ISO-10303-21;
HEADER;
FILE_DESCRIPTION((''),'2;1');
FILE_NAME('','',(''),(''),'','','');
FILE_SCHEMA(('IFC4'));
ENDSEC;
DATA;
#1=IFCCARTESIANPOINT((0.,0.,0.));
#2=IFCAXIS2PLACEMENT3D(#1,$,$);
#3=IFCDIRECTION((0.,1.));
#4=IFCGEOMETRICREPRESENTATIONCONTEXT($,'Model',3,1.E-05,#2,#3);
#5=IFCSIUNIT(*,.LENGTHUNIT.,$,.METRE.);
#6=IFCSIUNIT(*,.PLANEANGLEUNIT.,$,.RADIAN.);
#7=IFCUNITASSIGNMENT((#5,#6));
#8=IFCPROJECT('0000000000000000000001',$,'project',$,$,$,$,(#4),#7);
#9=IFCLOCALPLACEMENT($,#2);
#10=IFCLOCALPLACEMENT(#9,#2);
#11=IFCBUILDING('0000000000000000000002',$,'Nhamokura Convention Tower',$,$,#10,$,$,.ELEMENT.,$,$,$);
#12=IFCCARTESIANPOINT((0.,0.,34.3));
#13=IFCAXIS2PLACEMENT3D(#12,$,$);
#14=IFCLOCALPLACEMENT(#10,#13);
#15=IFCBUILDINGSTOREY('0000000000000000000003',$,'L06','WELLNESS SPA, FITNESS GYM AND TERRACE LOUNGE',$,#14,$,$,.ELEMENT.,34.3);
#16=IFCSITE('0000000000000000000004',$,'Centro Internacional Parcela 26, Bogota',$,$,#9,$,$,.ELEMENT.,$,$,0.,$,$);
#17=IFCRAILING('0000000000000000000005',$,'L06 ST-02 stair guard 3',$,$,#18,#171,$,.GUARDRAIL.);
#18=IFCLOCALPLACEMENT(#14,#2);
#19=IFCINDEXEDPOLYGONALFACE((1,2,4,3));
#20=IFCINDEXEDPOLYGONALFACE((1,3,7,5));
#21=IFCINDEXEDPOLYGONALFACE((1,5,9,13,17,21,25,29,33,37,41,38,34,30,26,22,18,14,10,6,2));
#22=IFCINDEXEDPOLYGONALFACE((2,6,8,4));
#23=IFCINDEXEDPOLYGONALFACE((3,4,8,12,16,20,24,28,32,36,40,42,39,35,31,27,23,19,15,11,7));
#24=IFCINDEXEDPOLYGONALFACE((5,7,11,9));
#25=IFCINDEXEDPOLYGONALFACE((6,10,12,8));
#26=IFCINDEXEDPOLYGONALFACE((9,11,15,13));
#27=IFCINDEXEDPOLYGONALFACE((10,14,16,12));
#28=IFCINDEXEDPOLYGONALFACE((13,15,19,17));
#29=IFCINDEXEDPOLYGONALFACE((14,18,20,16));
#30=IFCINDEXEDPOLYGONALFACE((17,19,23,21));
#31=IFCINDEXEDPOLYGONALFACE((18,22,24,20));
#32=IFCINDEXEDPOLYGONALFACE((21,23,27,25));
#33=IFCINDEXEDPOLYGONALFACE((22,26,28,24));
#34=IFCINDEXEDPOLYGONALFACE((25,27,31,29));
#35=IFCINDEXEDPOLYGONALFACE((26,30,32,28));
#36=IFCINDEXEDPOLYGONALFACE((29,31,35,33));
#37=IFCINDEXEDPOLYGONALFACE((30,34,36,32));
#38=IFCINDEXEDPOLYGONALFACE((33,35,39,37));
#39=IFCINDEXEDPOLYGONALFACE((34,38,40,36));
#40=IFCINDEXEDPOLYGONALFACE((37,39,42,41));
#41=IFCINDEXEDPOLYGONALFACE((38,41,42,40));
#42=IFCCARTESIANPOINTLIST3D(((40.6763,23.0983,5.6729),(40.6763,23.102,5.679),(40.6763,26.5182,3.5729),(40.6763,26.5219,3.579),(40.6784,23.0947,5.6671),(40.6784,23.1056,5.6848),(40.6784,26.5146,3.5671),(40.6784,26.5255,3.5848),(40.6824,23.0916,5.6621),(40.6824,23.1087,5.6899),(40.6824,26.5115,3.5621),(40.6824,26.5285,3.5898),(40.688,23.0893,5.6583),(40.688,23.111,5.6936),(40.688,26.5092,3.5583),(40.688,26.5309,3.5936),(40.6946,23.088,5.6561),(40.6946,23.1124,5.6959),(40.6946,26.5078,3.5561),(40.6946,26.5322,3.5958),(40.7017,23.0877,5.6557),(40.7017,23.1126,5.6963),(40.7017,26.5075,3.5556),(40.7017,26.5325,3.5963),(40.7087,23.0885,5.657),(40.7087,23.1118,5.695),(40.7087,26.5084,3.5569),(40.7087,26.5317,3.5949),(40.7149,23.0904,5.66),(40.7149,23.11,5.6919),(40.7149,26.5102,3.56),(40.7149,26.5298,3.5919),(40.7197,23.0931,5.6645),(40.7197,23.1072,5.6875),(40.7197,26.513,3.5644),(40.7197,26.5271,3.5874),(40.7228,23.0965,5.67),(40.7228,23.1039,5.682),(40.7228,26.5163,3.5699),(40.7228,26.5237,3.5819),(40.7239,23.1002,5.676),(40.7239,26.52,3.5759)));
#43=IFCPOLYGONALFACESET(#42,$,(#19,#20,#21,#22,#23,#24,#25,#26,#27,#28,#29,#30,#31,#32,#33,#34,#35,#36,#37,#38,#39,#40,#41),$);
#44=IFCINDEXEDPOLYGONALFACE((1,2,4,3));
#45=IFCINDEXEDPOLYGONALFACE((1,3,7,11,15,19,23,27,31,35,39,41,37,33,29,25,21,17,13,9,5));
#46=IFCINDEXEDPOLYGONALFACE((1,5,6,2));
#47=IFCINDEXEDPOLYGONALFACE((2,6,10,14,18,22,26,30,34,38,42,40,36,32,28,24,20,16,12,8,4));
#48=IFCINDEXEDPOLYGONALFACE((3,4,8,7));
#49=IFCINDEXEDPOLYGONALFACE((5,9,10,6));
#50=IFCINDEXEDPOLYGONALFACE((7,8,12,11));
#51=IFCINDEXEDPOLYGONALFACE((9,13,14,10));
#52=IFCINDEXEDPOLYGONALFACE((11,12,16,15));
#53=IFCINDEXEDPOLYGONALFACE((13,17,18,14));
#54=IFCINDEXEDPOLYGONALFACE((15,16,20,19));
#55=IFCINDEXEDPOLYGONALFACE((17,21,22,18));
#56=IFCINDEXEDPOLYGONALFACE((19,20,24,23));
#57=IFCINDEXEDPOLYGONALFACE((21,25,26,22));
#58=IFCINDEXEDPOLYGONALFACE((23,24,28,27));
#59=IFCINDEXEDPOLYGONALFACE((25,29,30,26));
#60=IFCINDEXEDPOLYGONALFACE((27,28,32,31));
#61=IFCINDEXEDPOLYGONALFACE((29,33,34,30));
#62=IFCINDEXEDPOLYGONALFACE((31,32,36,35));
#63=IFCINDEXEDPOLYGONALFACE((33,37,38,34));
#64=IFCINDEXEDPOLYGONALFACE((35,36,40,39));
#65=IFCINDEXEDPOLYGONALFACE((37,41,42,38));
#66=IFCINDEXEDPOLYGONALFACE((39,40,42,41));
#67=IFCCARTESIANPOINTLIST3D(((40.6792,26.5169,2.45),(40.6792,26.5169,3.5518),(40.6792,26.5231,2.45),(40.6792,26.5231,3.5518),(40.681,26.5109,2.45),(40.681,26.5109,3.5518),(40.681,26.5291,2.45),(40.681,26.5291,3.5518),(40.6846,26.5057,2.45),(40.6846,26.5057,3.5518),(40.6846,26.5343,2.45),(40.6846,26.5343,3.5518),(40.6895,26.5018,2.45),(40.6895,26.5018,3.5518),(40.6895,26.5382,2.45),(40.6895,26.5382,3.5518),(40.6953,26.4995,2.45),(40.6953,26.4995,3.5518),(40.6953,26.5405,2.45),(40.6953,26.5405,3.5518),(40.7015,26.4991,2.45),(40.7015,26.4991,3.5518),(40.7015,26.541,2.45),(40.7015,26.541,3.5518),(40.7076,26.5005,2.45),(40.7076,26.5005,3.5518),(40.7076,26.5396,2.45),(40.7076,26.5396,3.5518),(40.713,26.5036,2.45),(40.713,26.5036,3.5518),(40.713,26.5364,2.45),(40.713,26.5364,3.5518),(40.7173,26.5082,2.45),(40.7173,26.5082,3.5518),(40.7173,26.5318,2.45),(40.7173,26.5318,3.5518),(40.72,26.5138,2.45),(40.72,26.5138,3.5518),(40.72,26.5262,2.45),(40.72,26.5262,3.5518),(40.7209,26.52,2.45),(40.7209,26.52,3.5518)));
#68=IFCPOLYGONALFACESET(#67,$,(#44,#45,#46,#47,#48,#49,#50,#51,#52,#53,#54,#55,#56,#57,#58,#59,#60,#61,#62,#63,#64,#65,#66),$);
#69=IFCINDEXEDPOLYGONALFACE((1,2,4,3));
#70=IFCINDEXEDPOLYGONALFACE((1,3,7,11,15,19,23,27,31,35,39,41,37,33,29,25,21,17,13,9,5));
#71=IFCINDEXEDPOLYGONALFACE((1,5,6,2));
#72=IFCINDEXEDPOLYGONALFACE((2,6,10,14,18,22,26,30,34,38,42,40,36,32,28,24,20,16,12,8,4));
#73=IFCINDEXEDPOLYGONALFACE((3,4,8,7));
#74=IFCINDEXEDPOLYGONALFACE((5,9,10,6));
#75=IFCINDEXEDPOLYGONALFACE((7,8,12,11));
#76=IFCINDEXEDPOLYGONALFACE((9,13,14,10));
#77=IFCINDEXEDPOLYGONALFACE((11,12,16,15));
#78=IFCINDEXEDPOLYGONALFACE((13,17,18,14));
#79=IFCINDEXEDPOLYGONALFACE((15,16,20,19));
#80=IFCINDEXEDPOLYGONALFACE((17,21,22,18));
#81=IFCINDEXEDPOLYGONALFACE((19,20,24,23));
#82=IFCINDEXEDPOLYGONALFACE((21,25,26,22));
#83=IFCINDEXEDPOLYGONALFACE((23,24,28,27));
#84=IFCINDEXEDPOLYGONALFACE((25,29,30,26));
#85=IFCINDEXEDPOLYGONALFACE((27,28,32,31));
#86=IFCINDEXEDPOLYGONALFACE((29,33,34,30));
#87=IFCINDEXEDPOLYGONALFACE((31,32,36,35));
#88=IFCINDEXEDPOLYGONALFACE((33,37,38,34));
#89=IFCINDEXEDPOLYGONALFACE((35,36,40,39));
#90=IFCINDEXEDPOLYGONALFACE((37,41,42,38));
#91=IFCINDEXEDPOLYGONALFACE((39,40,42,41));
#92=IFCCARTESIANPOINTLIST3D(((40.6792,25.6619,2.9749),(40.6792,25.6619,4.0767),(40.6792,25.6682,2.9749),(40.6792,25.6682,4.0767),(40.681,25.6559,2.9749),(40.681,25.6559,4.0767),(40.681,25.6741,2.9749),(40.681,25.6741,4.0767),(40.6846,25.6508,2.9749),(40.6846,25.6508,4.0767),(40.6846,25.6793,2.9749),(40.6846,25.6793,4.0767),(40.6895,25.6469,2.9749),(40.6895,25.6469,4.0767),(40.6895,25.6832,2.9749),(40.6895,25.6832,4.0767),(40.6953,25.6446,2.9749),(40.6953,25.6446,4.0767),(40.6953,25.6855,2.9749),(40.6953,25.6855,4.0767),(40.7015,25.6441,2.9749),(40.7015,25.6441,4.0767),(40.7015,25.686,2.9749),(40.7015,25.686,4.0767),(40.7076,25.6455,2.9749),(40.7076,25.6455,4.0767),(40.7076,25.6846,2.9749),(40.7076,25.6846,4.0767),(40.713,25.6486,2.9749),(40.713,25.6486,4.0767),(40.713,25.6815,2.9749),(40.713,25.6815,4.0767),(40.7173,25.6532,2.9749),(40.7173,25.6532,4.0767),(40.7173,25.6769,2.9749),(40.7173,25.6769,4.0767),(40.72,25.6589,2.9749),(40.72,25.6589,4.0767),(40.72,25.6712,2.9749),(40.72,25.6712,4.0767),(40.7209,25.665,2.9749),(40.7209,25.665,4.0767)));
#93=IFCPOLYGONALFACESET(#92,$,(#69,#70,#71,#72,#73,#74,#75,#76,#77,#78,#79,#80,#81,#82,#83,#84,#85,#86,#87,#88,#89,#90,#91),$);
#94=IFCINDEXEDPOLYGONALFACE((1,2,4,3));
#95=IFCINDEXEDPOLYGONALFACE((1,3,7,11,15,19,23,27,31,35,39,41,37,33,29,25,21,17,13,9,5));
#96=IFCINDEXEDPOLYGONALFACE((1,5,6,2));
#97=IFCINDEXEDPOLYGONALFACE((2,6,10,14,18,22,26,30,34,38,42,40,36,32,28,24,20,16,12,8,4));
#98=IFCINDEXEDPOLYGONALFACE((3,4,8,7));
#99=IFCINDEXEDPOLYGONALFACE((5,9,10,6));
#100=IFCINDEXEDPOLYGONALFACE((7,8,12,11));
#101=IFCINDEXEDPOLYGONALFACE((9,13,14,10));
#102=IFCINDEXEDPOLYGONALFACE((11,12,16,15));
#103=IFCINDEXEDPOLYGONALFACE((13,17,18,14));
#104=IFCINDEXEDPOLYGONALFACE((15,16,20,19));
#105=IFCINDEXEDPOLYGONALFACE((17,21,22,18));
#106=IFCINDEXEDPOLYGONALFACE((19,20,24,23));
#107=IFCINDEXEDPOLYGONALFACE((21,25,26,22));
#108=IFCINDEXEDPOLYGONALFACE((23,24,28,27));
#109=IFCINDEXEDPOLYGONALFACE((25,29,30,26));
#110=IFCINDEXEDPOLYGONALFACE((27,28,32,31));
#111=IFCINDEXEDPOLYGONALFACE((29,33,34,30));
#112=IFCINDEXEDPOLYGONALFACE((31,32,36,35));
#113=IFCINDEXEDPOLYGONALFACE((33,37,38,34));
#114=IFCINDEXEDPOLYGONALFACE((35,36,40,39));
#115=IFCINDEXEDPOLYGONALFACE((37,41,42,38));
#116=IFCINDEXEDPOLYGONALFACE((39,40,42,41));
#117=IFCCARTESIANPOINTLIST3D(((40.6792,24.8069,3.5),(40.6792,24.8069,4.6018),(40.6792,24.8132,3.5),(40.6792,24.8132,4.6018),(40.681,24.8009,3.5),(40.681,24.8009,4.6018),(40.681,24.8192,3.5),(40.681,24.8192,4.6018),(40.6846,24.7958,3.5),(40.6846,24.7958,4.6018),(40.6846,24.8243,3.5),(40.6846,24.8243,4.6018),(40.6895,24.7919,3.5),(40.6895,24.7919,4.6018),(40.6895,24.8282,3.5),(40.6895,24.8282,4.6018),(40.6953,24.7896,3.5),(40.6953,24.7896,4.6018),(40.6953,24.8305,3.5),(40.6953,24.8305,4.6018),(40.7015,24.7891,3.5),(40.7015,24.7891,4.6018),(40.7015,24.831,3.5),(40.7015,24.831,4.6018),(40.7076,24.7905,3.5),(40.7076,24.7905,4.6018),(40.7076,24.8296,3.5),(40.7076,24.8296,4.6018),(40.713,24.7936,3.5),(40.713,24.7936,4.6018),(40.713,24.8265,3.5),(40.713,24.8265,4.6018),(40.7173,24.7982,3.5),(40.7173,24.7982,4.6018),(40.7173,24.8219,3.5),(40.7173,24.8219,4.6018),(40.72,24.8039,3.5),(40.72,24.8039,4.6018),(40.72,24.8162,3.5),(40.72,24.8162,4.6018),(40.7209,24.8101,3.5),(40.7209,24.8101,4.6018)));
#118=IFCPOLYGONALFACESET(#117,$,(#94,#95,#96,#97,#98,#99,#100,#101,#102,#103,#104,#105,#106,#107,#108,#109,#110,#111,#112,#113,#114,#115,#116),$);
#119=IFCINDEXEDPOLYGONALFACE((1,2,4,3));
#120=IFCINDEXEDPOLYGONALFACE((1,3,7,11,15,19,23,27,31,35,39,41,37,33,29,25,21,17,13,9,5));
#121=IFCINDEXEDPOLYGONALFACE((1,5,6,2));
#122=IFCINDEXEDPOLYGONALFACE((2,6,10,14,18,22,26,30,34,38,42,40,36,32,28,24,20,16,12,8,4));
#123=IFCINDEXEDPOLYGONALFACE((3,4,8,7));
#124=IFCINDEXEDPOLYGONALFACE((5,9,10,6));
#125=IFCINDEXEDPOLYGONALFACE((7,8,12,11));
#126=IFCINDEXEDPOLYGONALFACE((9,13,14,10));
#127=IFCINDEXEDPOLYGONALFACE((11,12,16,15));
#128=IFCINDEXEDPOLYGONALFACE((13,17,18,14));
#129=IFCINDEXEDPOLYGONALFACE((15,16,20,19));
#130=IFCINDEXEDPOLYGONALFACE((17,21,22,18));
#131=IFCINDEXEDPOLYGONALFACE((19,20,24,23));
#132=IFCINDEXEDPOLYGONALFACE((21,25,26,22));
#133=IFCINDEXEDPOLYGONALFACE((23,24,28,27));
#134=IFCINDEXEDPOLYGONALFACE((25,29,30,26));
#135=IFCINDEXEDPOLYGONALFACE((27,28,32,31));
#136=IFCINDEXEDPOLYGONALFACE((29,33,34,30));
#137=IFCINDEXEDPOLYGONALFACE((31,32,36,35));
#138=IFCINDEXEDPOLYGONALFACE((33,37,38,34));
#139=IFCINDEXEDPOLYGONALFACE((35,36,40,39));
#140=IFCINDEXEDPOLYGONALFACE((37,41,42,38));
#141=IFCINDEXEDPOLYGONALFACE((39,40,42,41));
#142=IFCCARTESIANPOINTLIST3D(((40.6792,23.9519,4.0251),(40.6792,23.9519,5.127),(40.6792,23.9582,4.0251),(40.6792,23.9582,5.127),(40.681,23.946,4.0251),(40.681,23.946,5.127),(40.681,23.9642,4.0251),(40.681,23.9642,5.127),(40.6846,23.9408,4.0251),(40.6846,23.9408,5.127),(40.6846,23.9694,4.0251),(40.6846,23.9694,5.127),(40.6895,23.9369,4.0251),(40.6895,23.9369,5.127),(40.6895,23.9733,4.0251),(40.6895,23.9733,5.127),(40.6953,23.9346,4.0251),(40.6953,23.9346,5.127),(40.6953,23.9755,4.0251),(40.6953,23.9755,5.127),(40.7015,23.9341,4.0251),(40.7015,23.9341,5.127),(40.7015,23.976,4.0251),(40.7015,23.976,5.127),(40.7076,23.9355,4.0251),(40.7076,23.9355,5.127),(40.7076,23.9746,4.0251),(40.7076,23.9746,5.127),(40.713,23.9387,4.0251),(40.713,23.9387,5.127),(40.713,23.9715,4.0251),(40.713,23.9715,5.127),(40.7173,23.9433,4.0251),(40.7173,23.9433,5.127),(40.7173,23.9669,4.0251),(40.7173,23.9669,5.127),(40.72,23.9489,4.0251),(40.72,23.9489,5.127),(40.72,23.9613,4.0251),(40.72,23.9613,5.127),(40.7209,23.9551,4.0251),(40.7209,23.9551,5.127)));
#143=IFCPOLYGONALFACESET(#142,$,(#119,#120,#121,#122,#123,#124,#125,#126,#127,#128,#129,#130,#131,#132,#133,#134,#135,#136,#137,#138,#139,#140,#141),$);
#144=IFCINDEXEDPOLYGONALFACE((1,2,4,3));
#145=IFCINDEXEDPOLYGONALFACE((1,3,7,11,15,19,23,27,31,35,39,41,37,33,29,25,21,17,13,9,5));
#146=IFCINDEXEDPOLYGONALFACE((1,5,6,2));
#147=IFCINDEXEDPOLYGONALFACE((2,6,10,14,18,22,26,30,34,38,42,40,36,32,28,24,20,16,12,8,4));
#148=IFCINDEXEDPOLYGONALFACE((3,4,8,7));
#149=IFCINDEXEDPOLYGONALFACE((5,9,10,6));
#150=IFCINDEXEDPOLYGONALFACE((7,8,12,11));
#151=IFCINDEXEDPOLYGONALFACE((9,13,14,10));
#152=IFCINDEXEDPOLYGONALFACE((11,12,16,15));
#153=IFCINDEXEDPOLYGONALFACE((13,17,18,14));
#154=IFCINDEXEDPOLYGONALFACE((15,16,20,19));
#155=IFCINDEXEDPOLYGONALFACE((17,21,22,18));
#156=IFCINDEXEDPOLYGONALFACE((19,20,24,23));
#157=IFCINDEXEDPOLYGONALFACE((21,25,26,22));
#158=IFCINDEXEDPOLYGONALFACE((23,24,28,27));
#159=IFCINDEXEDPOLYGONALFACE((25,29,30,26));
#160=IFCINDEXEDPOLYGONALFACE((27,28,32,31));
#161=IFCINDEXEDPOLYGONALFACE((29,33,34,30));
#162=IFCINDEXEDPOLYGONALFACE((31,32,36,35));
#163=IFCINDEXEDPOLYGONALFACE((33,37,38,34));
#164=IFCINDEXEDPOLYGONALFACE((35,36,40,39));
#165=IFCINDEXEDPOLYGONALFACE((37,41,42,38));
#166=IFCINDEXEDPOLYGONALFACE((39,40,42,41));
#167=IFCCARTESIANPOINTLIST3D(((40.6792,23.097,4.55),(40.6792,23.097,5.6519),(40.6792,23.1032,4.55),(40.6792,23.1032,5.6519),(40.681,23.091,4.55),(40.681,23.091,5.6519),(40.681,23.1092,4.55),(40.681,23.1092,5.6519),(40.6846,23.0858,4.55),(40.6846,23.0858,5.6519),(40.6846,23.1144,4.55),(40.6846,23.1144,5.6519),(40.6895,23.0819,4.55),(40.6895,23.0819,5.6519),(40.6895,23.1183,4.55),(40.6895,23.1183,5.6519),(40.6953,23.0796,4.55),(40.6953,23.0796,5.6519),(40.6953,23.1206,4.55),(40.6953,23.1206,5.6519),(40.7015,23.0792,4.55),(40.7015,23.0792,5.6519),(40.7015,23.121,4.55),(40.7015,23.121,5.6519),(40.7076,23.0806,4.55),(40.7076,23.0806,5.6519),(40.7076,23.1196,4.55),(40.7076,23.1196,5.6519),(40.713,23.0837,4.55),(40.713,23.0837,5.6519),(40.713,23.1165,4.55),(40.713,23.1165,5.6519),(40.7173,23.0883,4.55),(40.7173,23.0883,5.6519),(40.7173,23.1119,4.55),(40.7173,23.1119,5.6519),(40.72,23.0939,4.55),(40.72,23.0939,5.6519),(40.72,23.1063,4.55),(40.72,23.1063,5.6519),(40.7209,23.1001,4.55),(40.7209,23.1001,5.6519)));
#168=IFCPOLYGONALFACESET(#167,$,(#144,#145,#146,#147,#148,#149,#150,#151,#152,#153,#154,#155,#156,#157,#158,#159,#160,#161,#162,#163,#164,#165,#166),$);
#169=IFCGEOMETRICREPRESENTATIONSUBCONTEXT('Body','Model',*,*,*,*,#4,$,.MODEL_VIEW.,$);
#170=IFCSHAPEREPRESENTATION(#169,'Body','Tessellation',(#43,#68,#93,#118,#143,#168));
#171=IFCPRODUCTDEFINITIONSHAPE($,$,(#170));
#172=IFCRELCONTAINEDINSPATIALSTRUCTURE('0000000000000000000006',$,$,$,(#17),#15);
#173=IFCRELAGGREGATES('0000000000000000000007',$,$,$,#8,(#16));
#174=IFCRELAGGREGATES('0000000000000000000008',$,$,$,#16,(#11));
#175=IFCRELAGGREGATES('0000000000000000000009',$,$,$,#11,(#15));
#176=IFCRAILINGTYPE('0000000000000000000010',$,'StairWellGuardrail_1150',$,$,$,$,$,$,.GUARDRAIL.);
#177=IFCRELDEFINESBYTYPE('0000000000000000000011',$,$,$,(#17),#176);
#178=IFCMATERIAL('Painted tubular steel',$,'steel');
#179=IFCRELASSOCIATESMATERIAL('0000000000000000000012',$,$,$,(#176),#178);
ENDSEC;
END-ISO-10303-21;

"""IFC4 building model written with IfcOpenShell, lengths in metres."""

from ifc_helpers import new_model, si_unit, direction, frame, origin, origin_2d, place, context, subcontext, project, spatial, circle, extrude, material, type_object, element, save


model = new_model("IFC4")

# Units and contexts
model_context = context("Model", 3, precision=1e-05, world=origin(), true_north=direction((0.0, 1.0)))
body_context = subcontext(model_context, "Body", "Model", "MODEL_VIEW")
ifc_project = project(units=[si_unit("LENGTHUNIT", "METRE"), si_unit("PLANEANGLEUNIT", "RADIAN")], contexts=[model_context])

# Site, building, storey
site_placement = place(None, origin())
site = spatial("IfcSite", under=ifc_project, at=site_placement, Name="Centro Internacional Parcela 26, Bogota", CompositionType="ELEMENT", RefElevation=0.0)
building_placement = place(site_placement, origin())
building = spatial("IfcBuilding", under=site, at=building_placement, Name="Nhamokura Convention Tower", CompositionType="ELEMENT")
storey_placement = place(building_placement, frame((0.0, 0.0, 34.3)))
storey = spatial("IfcBuildingStorey", under=building, at=storey_placement, Name="L06", Description="WELLNESS SPA, FITNESS GYM AND TERRACE LOUNGE", CompositionType="ELEMENT", Elevation=34.3)

# Railing
ifc_material_1 = material(Name="Painted tubular steel", Category="steel")
railing_type_1 = type_object("IfcRailingType", Name="StairWellGuardrail_1150", PredefinedType="GUARDRAIL", material=ifc_material_1)
railing_1_placement = place(storey_placement, frame((40.7, 26.52, 2.45)))
element("IfcRailing", 1, at=railing_1_placement, inside=storey, type_object=railing_type_1, Name="L06 ST-02 stair guard 3", PredefinedType="GUARDRAIL", context=body_context, shape_type="SweptSolid", body=[
    extrude(circle(Radius=0.0239, at=origin_2d()), frame((0.0, 0.0, 1.126), z_axis=(0.0, -0.852155, 0.523289), x_axis=(1.0, 0.0, 0.0)), (0.0, 0.0, 1.0), 4.0132),
    extrude(circle(Radius=0.021, at=origin_2d()), origin(), (0.0, 0.0, 1.0), 1.1018),
    extrude(circle(Radius=0.021, at=origin_2d()), frame((0.0, -0.855, 0.5249)), (0.0, 0.0, 1.0), 1.1018),
    extrude(circle(Radius=0.021, at=origin_2d()), frame((0.0, -1.71, 1.05)), (0.0, 0.0, 1.0), 1.1018),
    extrude(circle(Radius=0.021, at=origin_2d()), frame((0.0, -2.5649, 1.5752)), (0.0, 0.0, 1.0), 1.1018),
    extrude(circle(Radius=0.021, at=origin_2d()), frame((0.0, -3.4199, 2.1001)), (0.0, 0.0, 1.0), 1.1018),
])

save(model, "model.ifc")
